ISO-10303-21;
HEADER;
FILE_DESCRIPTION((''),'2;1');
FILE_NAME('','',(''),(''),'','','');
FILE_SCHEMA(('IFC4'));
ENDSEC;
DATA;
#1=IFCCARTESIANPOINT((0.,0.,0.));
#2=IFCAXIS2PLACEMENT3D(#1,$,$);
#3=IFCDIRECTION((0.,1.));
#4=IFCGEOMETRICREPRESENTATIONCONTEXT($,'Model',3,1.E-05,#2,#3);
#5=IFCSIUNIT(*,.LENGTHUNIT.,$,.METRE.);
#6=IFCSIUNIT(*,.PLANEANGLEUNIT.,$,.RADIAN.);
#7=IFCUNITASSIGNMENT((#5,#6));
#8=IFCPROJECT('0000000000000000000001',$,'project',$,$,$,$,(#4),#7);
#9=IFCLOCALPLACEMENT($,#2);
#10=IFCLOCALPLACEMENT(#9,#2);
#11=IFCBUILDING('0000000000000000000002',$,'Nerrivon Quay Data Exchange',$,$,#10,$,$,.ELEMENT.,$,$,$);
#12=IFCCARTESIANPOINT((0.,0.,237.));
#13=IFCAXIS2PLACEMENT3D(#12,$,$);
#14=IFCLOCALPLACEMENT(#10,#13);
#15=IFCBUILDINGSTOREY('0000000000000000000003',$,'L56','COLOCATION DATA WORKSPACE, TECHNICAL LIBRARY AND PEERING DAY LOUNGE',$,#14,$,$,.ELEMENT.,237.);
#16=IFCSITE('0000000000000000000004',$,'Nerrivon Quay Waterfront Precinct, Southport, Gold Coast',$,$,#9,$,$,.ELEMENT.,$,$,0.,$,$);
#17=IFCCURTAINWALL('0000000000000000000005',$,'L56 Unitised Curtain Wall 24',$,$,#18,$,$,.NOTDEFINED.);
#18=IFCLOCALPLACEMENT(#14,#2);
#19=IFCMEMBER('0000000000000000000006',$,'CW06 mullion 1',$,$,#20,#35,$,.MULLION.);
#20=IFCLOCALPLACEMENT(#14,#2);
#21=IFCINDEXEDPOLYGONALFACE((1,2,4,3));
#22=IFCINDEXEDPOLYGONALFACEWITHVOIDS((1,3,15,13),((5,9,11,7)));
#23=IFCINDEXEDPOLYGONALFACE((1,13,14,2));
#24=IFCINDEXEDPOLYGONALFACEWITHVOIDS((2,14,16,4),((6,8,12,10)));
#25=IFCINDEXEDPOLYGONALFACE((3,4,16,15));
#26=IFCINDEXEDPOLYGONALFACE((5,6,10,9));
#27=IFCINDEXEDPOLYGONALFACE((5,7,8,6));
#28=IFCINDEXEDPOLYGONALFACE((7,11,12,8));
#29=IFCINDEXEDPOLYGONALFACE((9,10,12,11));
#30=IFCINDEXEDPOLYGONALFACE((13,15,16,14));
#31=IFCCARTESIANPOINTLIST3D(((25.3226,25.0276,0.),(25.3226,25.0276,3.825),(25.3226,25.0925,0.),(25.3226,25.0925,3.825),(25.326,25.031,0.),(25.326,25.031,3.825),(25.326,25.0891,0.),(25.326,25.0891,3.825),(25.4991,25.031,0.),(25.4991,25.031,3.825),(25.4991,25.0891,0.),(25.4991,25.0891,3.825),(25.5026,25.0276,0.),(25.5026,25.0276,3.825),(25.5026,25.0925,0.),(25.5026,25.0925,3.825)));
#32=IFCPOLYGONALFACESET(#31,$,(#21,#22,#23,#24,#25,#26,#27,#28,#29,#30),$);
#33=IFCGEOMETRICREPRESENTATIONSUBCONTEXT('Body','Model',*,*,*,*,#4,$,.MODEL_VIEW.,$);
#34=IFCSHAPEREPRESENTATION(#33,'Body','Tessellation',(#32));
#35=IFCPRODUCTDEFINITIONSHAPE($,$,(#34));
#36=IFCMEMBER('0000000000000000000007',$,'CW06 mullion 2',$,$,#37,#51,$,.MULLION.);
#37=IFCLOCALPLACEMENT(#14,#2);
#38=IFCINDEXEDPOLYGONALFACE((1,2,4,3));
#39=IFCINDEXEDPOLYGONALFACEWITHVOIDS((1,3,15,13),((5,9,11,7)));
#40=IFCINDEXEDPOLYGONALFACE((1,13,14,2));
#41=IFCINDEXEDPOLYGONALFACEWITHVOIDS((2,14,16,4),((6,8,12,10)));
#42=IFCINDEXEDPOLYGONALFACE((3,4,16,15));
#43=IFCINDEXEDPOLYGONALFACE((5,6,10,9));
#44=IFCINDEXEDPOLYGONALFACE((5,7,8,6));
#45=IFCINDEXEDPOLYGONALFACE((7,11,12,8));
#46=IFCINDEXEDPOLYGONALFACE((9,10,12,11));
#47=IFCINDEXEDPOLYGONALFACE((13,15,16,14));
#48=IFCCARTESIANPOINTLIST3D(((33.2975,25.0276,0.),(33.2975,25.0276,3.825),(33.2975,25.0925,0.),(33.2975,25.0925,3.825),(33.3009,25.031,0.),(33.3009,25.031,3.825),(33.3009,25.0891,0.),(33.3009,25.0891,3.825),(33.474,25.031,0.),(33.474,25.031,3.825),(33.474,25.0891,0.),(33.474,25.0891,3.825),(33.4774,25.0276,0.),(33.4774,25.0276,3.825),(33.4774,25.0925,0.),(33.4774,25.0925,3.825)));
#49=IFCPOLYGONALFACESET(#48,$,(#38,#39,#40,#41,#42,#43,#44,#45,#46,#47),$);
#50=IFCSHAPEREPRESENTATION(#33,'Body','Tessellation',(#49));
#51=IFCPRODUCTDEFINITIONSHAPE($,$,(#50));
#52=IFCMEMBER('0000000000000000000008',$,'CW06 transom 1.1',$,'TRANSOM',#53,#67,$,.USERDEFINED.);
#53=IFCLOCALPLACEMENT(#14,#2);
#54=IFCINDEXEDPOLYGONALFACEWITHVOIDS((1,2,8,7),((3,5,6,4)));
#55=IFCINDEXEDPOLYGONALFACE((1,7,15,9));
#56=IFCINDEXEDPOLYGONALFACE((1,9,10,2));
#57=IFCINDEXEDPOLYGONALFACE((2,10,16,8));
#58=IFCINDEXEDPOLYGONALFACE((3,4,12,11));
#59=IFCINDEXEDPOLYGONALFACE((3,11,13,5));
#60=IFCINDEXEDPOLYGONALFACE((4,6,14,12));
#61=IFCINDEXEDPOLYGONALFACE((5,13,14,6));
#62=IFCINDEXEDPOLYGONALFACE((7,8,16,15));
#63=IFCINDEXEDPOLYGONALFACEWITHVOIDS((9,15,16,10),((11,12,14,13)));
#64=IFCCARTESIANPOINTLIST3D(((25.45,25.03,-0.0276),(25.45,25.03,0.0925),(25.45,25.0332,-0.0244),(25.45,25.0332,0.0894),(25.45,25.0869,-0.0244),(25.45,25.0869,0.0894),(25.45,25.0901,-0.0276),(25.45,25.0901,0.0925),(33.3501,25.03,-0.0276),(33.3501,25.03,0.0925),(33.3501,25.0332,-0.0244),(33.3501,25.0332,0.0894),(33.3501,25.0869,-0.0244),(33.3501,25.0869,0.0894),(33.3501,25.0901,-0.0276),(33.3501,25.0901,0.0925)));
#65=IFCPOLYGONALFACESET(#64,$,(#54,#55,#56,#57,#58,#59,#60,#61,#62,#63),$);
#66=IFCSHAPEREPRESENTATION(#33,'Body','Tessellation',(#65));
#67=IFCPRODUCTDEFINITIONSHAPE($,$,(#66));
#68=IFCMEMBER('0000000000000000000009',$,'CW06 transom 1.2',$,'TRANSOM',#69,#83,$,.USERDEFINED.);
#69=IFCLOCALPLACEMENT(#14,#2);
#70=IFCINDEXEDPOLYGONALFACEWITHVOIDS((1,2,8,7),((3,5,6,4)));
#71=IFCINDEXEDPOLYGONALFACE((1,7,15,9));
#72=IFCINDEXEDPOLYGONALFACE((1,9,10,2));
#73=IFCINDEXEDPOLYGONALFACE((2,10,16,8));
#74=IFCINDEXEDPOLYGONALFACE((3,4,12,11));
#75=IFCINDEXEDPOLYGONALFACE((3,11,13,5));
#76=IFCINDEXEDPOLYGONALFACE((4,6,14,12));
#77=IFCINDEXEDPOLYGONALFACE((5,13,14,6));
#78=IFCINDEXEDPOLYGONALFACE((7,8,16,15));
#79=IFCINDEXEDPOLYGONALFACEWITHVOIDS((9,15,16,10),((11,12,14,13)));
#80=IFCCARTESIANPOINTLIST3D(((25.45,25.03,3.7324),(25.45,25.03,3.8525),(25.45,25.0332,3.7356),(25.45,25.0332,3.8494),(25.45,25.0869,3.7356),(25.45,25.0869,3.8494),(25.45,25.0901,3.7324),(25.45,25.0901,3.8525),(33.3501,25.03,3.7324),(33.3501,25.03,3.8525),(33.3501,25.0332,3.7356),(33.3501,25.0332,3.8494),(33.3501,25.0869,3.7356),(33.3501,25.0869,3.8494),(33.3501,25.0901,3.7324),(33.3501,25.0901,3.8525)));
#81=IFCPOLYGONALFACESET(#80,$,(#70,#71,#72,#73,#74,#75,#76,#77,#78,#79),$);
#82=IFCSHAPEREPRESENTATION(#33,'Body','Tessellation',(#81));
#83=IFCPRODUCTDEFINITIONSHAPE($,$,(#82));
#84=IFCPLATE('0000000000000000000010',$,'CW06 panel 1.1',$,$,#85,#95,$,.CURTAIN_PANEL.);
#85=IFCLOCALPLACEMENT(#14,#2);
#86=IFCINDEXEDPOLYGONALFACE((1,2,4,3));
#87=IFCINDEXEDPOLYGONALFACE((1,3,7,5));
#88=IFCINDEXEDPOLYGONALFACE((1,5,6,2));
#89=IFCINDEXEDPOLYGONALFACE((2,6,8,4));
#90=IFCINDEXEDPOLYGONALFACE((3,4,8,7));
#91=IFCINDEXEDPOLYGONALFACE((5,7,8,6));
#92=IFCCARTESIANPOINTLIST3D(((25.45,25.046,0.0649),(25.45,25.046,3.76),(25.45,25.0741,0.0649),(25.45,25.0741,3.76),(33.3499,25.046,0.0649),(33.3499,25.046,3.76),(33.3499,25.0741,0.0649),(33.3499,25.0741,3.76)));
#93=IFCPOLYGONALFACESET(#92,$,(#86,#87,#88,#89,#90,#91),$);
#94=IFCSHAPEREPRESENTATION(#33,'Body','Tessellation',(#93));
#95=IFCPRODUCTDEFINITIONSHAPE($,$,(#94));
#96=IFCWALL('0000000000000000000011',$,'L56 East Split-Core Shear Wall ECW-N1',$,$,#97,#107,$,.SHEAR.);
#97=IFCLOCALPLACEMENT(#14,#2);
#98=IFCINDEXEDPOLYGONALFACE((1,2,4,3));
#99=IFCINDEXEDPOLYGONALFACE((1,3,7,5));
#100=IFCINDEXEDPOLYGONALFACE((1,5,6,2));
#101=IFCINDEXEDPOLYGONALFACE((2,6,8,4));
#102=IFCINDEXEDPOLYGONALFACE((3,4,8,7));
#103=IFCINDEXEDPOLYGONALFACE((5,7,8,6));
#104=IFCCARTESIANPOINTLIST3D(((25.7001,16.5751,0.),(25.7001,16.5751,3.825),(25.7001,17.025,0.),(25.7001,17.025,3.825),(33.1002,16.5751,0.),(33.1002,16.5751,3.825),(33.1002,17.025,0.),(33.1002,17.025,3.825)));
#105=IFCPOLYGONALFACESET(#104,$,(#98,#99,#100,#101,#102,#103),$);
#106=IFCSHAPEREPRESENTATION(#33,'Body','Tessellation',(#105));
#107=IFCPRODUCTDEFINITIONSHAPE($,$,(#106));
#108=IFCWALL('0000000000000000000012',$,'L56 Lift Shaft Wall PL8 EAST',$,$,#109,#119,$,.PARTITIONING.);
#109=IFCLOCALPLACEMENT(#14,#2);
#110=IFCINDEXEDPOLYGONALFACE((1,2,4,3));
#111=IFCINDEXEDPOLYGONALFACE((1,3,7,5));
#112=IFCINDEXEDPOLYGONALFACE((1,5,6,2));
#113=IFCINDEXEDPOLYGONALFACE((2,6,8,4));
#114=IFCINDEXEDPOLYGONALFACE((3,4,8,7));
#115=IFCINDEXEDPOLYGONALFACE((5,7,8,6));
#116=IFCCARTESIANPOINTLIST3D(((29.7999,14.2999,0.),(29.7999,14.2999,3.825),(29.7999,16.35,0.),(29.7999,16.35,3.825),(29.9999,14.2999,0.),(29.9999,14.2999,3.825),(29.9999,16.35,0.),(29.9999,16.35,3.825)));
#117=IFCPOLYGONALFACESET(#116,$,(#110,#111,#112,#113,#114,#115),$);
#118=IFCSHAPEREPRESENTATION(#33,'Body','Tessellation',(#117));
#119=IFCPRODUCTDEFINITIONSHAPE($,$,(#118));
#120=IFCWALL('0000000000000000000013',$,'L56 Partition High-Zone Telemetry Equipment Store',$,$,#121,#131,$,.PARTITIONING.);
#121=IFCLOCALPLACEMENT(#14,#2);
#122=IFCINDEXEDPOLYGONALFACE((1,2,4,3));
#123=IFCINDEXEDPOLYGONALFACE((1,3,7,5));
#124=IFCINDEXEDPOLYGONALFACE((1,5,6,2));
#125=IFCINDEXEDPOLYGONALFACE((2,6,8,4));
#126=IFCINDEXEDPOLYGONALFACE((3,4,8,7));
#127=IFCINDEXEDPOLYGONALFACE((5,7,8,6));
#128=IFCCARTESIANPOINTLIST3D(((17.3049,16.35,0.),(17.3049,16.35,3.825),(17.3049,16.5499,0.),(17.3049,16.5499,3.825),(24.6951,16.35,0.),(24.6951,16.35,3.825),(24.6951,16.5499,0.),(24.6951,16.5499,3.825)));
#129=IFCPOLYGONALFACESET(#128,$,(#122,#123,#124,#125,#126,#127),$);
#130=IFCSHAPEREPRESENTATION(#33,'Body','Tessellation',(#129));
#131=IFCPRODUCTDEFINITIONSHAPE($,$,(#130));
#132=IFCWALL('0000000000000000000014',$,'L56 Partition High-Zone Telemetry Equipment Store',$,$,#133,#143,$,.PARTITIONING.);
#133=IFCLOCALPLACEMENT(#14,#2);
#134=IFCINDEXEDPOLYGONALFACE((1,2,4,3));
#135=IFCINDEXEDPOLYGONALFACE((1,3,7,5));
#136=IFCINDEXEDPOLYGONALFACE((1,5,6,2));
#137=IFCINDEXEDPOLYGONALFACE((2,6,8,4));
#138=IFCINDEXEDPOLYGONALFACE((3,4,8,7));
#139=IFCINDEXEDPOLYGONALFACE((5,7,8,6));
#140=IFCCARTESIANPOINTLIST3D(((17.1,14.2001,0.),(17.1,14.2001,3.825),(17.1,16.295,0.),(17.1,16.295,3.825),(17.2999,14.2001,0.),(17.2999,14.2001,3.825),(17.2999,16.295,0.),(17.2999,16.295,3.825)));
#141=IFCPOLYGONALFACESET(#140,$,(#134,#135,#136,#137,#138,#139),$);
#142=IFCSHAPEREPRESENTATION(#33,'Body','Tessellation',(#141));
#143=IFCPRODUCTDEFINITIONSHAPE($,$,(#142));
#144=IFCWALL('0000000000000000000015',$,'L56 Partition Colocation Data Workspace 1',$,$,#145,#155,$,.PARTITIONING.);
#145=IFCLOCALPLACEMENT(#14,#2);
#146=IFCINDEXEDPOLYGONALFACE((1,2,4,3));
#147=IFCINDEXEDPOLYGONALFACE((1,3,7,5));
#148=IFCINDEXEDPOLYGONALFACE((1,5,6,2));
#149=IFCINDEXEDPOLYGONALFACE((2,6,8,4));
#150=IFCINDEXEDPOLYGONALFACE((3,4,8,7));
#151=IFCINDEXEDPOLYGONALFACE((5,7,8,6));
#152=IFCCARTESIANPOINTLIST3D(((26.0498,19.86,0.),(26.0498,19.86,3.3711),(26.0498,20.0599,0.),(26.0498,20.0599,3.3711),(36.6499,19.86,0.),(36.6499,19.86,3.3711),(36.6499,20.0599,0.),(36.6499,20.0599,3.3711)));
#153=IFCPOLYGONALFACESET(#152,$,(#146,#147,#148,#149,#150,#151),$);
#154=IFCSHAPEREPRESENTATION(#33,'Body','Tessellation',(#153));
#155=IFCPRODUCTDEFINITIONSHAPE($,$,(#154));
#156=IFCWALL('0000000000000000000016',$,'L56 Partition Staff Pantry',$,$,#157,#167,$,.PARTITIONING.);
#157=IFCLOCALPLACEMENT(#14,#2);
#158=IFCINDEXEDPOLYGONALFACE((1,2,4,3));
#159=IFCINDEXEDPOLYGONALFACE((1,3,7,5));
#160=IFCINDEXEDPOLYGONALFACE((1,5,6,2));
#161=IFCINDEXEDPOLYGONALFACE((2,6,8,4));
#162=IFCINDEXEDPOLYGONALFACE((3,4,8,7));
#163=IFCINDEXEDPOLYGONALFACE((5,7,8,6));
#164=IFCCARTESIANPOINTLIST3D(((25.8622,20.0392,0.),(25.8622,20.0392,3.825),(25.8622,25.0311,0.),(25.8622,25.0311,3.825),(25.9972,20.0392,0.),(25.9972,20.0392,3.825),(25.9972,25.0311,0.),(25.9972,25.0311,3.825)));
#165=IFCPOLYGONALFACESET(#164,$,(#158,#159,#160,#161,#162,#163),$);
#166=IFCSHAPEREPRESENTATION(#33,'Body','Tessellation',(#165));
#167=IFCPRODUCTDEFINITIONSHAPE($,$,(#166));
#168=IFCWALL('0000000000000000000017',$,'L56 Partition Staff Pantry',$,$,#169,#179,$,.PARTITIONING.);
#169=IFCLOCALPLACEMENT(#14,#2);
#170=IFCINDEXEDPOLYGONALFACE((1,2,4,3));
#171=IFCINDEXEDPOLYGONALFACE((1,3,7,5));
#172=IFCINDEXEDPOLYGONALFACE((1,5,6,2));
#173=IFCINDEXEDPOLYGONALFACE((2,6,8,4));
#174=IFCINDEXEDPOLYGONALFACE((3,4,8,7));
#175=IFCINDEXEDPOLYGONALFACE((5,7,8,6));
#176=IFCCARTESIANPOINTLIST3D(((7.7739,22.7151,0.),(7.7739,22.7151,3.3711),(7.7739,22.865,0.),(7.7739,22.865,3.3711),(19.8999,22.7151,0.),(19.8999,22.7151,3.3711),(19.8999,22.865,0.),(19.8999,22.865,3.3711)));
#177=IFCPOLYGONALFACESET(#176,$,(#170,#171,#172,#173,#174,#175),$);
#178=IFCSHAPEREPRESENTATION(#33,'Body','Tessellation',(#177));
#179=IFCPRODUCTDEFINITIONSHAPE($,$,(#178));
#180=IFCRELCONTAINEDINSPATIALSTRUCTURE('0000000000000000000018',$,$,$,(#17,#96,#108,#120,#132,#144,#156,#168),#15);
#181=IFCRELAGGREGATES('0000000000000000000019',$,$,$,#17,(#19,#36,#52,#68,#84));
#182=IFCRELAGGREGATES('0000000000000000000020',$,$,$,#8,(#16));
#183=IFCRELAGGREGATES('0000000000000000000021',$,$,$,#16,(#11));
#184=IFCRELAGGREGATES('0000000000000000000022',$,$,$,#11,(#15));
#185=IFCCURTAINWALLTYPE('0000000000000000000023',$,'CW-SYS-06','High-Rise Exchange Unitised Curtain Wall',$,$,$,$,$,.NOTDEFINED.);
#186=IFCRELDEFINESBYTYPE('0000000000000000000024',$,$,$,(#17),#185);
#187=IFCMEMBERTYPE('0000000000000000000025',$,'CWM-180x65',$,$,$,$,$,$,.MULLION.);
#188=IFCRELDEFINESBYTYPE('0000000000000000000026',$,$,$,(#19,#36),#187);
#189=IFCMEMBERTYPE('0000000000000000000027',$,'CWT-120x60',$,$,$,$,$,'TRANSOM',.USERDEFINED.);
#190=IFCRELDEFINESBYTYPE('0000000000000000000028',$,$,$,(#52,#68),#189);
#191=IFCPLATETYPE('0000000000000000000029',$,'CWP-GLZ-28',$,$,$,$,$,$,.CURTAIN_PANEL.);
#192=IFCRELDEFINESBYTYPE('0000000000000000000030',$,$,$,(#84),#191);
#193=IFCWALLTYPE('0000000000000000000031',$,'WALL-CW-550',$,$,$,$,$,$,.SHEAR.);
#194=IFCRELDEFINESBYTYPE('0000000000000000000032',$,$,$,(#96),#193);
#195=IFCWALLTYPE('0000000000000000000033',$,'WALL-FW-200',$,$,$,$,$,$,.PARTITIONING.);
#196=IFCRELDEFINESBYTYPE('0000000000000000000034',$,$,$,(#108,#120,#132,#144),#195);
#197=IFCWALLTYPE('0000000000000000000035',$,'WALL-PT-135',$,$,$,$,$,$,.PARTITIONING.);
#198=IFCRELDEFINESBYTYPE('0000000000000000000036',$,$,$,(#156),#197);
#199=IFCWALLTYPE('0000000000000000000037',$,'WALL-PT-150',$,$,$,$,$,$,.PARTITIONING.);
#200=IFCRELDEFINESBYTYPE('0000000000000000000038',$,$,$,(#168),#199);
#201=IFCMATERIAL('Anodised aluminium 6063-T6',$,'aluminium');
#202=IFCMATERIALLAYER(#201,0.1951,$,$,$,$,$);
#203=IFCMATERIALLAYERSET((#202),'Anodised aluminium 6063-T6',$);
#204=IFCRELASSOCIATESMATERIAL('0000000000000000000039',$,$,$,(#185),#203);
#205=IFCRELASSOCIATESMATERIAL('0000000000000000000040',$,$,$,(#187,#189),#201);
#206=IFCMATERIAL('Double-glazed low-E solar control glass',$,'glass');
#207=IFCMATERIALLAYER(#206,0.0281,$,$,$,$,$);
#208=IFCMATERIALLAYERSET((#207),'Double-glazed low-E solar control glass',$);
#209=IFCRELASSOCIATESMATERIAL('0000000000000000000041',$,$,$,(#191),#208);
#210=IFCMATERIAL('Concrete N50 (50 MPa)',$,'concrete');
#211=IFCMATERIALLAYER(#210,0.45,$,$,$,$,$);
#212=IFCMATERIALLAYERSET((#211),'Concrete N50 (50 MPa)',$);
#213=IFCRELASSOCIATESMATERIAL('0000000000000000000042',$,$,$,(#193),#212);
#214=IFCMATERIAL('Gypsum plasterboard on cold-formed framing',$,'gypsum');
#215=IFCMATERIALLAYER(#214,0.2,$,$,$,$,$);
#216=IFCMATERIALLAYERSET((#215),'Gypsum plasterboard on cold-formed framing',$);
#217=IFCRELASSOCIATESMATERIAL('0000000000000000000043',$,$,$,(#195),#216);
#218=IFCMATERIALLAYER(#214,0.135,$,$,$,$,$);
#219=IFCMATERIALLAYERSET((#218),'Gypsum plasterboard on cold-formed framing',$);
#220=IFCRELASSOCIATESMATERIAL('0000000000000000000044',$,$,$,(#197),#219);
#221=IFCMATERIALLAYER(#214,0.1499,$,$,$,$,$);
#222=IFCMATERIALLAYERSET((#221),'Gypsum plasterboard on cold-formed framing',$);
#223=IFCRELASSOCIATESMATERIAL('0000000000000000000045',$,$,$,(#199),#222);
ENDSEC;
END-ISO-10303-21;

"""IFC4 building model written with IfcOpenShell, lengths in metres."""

from ifc_helpers import new_model, si_unit, direction, frame, frame_2d, origin, origin_2d, place, context, subcontext, project, spatial, rectangle, hollow_rectangle, extrude, material, layer, layer_set, material_profile, profile_set, type_object, element, aggregate, save


model = new_model("IFC4")

# Units and contexts
model_context = context("Model", 3, precision=1e-05, world=origin(), true_north=direction((0.0, 1.0)))
body_context = subcontext(model_context, "Body", "Model", "MODEL_VIEW")
ifc_project = project(units=[si_unit("LENGTHUNIT", "METRE"), si_unit("PLANEANGLEUNIT", "RADIAN")], contexts=[model_context])

# Site, building, storey
site_placement = place(None, origin())
site = spatial("IfcSite", under=ifc_project, at=site_placement, Name="Nerrivon Quay Waterfront Precinct, Southport, Gold Coast", CompositionType="ELEMENT", RefElevation=0.0)
building_placement = place(site_placement, origin())
building = spatial("IfcBuilding", under=site, at=building_placement, Name="Nerrivon Quay Data Exchange", CompositionType="ELEMENT")
storey_placement = place(building_placement, frame((0.0, 0.0, 237.0)))
storey = spatial("IfcBuildingStorey", under=building, at=storey_placement, Name="L56", Description="COLOCATION DATA WORKSPACE, TECHNICAL LIBRARY AND PEERING DAY LOUNGE", CompositionType="ELEMENT", Elevation=237.0)

# Curtain wall, members, plate
ifc_material_1 = material(Name="Anodised aluminium 6063-T6", Category="aluminium")
ifc_layer_1 = layer(ifc_material_1, 0.1951)
ifc_layer_set_1 = layer_set([ifc_layer_1], Name="Anodised aluminium 6063-T6")
curtain_wall_type = type_object("IfcCurtainWallType", Name="CW-SYS-06", Description="High-Rise Exchange Unitised Curtain Wall", PredefinedType="NOTDEFINED", material=ifc_layer_set_1)
curtain_wall_placement = place(storey_placement, origin())
curtain_wall = element("IfcCurtainWall", 1, at=curtain_wall_placement, inside=storey, type_object=curtain_wall_type, Name="L56 Unitised Curtain Wall 24", PredefinedType="NOTDEFINED")
ifc_material_profile_1 = material_profile(ifc_material_1, hollow_rectangle(XDim=0.0649, YDim=0.1799, WallThickness=0.0034, at=origin_2d()), Name="ALU-MULL-180x65")
ifc_profile_set_1 = profile_set([ifc_material_profile_1], Name="Anodised aluminium 6063-T6")
member_type_1 = type_object("IfcMemberType", Name="CWM-180x65", PredefinedType="MULLION", material=ifc_profile_set_1)
member_1_placement = place(storey_placement, frame((25.4126, 25.0601, 0.0), z_axis=(0.0, 0.0, 1.0), x_axis=(0.0, 1.0, 0.0)))
member_1 = element("IfcMember", 2, at=member_1_placement, type_object=member_type_1, Name="CW06 mullion 1", PredefinedType="MULLION", context=body_context, shape_type="SweptSolid", body=[
    extrude(hollow_rectangle(XDim=0.0649, YDim=0.1799, WallThickness=0.0034, at=origin_2d()), origin(), (0.0, 0.0, 1.0), 3.825),
])
member_2_placement = place(storey_placement, frame((33.3875, 25.0601, 0.0), z_axis=(0.0, 0.0, 1.0), x_axis=(0.0, 1.0, 0.0)))
member_2 = element("IfcMember", 3, at=member_2_placement, type_object=member_type_1, Name="CW06 mullion 2", PredefinedType="MULLION", context=body_context, shape_type="SweptSolid", body=[
    extrude(hollow_rectangle(XDim=0.0649, YDim=0.1799, WallThickness=0.0034, at=origin_2d()), origin(), (0.0, 0.0, 1.0), 3.825),
])
ifc_material_profile_2 = material_profile(ifc_material_1, hollow_rectangle(XDim=0.0601, YDim=0.1201, WallThickness=0.0032, at=origin_2d()), Name="ALU-TRAN-120x60")
ifc_profile_set_2 = profile_set([ifc_material_profile_2], Name="Anodised aluminium 6063-T6")
member_type_2 = type_object("IfcMemberType", Name="CWT-120x60", ElementType="TRANSOM", PredefinedType="USERDEFINED", material=ifc_profile_set_2)
member_3_placement = place(storey_placement, frame((25.45, 25.0601, 0.0325), z_axis=(1.0, 0.0, 0.0), x_axis=(0.0, 1.0, 0.0)))
member_3 = element("IfcMember", 4, at=member_3_placement, type_object=member_type_2, Name="CW06 transom 1.1", ObjectType="TRANSOM", PredefinedType="USERDEFINED", context=body_context, shape_type="SweptSolid", body=[
    extrude(hollow_rectangle(XDim=0.0601, YDim=0.1201, WallThickness=0.0032, at=origin_2d()), origin(), (0.0, 0.0, 1.0), 7.9001),
])
member_4_placement = place(storey_placement, frame((25.45, 25.0601, 3.7925), z_axis=(1.0, 0.0, 0.0), x_axis=(0.0, 1.0, 0.0)))
member_4 = element("IfcMember", 5, at=member_4_placement, type_object=member_type_2, Name="CW06 transom 1.2", ObjectType="TRANSOM", PredefinedType="USERDEFINED", context=body_context, shape_type="SweptSolid", body=[
    extrude(hollow_rectangle(XDim=0.0601, YDim=0.1201, WallThickness=0.0032, at=origin_2d()), origin(), (0.0, 0.0, 1.0), 7.9001),
])
ifc_material_2 = material(Name="Double-glazed low-E solar control glass", Category="glass")
ifc_layer_2 = layer(ifc_material_2, 0.0281)
ifc_layer_set_2 = layer_set([ifc_layer_2], Name="Double-glazed low-E solar control glass")
plate_type = type_object("IfcPlateType", Name="CWP-GLZ-28", PredefinedType="CURTAIN_PANEL", material=ifc_layer_set_2)
plate_placement = place(storey_placement, frame((29.3999, 25.0601, 0.0649), z_axis=(0.0, 0.0, 1.0), x_axis=(1.0, 0.0, 0.0)))
plate = element("IfcPlate", 6, at=plate_placement, type_object=plate_type, Name="CW06 panel 1.1", PredefinedType="CURTAIN_PANEL", context=body_context, shape_type="SweptSolid", body=[
    extrude(rectangle(XDim=7.8999, YDim=0.0281, at=origin_2d()), origin(), (0.0, 0.0, 1.0), 3.6951),
])
aggregate(curtain_wall, [member_1, member_2, member_3, member_4, plate])

# Walls
ifc_material_3 = material(Name="Concrete N50 (50 MPa)", Category="concrete")
ifc_layer_3 = layer(ifc_material_3, 0.45)
ifc_layer_set_3 = layer_set([ifc_layer_3], Name="Concrete N50 (50 MPa)")
wall_type_1 = type_object("IfcWallType", Name="WALL-CW-550", PredefinedType="SHEAR", material=ifc_layer_set_3)
wall_1_placement = place(storey_placement, frame((25.7, 16.8, 0.0), z_axis=(0.0, 0.0, 1.0), x_axis=(1.0, 0.0, 0.0)))
element("IfcWall", 7, at=wall_1_placement, inside=storey, type_object=wall_type_1, Name="L56 East Split-Core Shear Wall ECW-N1", PredefinedType="SHEAR", context=body_context, shape_type="SweptSolid", body=[
    extrude(rectangle(XDim=7.4001, YDim=0.45, at=frame_2d((3.7002, 0.0))), origin(), (0.0, 0.0, 1.0), 3.825),
])
ifc_material_4 = material(Name="Gypsum plasterboard on cold-formed framing", Category="gypsum")
ifc_layer_4 = layer(ifc_material_4, 0.2)
ifc_layer_set_4 = layer_set([ifc_layer_4], Name="Gypsum plasterboard on cold-formed framing")
wall_type_2 = type_object("IfcWallType", Name="WALL-FW-200", PredefinedType="PARTITIONING", material=ifc_layer_set_4)
wall_2_placement = place(storey_placement, frame((29.8999, 14.3, 0.0), z_axis=(0.0, 0.0, 1.0), x_axis=(0.0, 1.0, 0.0)))
element("IfcWall", 8, at=wall_2_placement, inside=storey, type_object=wall_type_2, Name="L56 Lift Shaft Wall PL8 EAST", PredefinedType="PARTITIONING", context=body_context, shape_type="SweptSolid", body=[
    extrude(rectangle(XDim=2.05, YDim=0.2, at=frame_2d((1.0249, 0.0))), origin(), (0.0, 0.0, 1.0), 3.825),
])
wall_3_placement = place(storey_placement, frame((24.6951, 16.45, 0.0), z_axis=(0.0, 0.0, 1.0), x_axis=(-1.0, 0.0, 0.0)))
element("IfcWall", 9, at=wall_3_placement, inside=storey, type_object=wall_type_2, Name="L56 Partition High-Zone Telemetry Equipment Store", PredefinedType="PARTITIONING", context=body_context, shape_type="SweptSolid", body=[
    extrude(rectangle(XDim=7.3901, YDim=0.2, at=frame_2d((3.6951, 0.0))), origin(), (0.0, 0.0, 1.0), 3.825),
])
wall_4_placement = place(storey_placement, frame((17.2, 16.2949, 0.0), z_axis=(0.0, 0.0, 1.0), x_axis=(0.0, -1.0, 0.0)))
element("IfcWall", 10, at=wall_4_placement, inside=storey, type_object=wall_type_2, Name="L56 Partition High-Zone Telemetry Equipment Store", PredefinedType="PARTITIONING", context=body_context, shape_type="SweptSolid", body=[
    extrude(rectangle(XDim=2.095, YDim=0.2, at=frame_2d((1.0474, 0.0))), origin(), (0.0, 0.0, 1.0), 3.825),
])
wall_5_placement = place(storey_placement, frame((26.0498, 19.96, 0.0), z_axis=(0.0, 0.0, 1.0), x_axis=(1.0, 0.0, 0.0)))
element("IfcWall", 11, at=wall_5_placement, inside=storey, type_object=wall_type_2, Name="L56 Partition Colocation Data Workspace 1", PredefinedType="PARTITIONING", context=body_context, shape_type="SweptSolid", body=[
    extrude(rectangle(XDim=10.6001, YDim=0.2, at=frame_2d((5.3, 0.0))), origin(), (0.0, 0.0, 1.0), 3.3711),
])
ifc_layer_5 = layer(ifc_material_4, 0.135)
ifc_layer_set_5 = layer_set([ifc_layer_5], Name="Gypsum plasterboard on cold-formed framing")
wall_type_3 = type_object("IfcWallType", Name="WALL-PT-135", PredefinedType="PARTITIONING", material=ifc_layer_set_5)
wall_6_placement = place(storey_placement, frame((25.9297, 20.0391, 0.0), z_axis=(0.0, 0.0, 1.0), x_axis=(0.0, 1.0, 0.0)))
element("IfcWall", 12, at=wall_6_placement, inside=storey, type_object=wall_type_3, Name="L56 Partition Staff Pantry", PredefinedType="PARTITIONING", context=body_context, shape_type="SweptSolid", body=[
    extrude(rectangle(XDim=4.9919, YDim=0.135, at=frame_2d((2.4961, 0.0))), origin(), (0.0, 0.0, 1.0), 3.825),
])
ifc_layer_6 = layer(ifc_material_4, 0.1499)
ifc_layer_set_6 = layer_set([ifc_layer_6], Name="Gypsum plasterboard on cold-formed framing")
wall_type_4 = type_object("IfcWallType", Name="WALL-PT-150", PredefinedType="PARTITIONING", material=ifc_layer_set_6)
wall_7_placement = place(storey_placement, frame((19.8999, 22.79, 0.0), z_axis=(0.0, 0.0, 1.0), x_axis=(-1.0, 0.0, 0.0)))
element("IfcWall", 13, at=wall_7_placement, inside=storey, type_object=wall_type_4, Name="L56 Partition Staff Pantry", PredefinedType="PARTITIONING", context=body_context, shape_type="SweptSolid", body=[
    extrude(rectangle(XDim=12.126, YDim=0.1499, at=frame_2d((6.063, 0.0))), origin(), (0.0, 0.0, 1.0), 3.3711),
])

save(model, "model.ifc")
